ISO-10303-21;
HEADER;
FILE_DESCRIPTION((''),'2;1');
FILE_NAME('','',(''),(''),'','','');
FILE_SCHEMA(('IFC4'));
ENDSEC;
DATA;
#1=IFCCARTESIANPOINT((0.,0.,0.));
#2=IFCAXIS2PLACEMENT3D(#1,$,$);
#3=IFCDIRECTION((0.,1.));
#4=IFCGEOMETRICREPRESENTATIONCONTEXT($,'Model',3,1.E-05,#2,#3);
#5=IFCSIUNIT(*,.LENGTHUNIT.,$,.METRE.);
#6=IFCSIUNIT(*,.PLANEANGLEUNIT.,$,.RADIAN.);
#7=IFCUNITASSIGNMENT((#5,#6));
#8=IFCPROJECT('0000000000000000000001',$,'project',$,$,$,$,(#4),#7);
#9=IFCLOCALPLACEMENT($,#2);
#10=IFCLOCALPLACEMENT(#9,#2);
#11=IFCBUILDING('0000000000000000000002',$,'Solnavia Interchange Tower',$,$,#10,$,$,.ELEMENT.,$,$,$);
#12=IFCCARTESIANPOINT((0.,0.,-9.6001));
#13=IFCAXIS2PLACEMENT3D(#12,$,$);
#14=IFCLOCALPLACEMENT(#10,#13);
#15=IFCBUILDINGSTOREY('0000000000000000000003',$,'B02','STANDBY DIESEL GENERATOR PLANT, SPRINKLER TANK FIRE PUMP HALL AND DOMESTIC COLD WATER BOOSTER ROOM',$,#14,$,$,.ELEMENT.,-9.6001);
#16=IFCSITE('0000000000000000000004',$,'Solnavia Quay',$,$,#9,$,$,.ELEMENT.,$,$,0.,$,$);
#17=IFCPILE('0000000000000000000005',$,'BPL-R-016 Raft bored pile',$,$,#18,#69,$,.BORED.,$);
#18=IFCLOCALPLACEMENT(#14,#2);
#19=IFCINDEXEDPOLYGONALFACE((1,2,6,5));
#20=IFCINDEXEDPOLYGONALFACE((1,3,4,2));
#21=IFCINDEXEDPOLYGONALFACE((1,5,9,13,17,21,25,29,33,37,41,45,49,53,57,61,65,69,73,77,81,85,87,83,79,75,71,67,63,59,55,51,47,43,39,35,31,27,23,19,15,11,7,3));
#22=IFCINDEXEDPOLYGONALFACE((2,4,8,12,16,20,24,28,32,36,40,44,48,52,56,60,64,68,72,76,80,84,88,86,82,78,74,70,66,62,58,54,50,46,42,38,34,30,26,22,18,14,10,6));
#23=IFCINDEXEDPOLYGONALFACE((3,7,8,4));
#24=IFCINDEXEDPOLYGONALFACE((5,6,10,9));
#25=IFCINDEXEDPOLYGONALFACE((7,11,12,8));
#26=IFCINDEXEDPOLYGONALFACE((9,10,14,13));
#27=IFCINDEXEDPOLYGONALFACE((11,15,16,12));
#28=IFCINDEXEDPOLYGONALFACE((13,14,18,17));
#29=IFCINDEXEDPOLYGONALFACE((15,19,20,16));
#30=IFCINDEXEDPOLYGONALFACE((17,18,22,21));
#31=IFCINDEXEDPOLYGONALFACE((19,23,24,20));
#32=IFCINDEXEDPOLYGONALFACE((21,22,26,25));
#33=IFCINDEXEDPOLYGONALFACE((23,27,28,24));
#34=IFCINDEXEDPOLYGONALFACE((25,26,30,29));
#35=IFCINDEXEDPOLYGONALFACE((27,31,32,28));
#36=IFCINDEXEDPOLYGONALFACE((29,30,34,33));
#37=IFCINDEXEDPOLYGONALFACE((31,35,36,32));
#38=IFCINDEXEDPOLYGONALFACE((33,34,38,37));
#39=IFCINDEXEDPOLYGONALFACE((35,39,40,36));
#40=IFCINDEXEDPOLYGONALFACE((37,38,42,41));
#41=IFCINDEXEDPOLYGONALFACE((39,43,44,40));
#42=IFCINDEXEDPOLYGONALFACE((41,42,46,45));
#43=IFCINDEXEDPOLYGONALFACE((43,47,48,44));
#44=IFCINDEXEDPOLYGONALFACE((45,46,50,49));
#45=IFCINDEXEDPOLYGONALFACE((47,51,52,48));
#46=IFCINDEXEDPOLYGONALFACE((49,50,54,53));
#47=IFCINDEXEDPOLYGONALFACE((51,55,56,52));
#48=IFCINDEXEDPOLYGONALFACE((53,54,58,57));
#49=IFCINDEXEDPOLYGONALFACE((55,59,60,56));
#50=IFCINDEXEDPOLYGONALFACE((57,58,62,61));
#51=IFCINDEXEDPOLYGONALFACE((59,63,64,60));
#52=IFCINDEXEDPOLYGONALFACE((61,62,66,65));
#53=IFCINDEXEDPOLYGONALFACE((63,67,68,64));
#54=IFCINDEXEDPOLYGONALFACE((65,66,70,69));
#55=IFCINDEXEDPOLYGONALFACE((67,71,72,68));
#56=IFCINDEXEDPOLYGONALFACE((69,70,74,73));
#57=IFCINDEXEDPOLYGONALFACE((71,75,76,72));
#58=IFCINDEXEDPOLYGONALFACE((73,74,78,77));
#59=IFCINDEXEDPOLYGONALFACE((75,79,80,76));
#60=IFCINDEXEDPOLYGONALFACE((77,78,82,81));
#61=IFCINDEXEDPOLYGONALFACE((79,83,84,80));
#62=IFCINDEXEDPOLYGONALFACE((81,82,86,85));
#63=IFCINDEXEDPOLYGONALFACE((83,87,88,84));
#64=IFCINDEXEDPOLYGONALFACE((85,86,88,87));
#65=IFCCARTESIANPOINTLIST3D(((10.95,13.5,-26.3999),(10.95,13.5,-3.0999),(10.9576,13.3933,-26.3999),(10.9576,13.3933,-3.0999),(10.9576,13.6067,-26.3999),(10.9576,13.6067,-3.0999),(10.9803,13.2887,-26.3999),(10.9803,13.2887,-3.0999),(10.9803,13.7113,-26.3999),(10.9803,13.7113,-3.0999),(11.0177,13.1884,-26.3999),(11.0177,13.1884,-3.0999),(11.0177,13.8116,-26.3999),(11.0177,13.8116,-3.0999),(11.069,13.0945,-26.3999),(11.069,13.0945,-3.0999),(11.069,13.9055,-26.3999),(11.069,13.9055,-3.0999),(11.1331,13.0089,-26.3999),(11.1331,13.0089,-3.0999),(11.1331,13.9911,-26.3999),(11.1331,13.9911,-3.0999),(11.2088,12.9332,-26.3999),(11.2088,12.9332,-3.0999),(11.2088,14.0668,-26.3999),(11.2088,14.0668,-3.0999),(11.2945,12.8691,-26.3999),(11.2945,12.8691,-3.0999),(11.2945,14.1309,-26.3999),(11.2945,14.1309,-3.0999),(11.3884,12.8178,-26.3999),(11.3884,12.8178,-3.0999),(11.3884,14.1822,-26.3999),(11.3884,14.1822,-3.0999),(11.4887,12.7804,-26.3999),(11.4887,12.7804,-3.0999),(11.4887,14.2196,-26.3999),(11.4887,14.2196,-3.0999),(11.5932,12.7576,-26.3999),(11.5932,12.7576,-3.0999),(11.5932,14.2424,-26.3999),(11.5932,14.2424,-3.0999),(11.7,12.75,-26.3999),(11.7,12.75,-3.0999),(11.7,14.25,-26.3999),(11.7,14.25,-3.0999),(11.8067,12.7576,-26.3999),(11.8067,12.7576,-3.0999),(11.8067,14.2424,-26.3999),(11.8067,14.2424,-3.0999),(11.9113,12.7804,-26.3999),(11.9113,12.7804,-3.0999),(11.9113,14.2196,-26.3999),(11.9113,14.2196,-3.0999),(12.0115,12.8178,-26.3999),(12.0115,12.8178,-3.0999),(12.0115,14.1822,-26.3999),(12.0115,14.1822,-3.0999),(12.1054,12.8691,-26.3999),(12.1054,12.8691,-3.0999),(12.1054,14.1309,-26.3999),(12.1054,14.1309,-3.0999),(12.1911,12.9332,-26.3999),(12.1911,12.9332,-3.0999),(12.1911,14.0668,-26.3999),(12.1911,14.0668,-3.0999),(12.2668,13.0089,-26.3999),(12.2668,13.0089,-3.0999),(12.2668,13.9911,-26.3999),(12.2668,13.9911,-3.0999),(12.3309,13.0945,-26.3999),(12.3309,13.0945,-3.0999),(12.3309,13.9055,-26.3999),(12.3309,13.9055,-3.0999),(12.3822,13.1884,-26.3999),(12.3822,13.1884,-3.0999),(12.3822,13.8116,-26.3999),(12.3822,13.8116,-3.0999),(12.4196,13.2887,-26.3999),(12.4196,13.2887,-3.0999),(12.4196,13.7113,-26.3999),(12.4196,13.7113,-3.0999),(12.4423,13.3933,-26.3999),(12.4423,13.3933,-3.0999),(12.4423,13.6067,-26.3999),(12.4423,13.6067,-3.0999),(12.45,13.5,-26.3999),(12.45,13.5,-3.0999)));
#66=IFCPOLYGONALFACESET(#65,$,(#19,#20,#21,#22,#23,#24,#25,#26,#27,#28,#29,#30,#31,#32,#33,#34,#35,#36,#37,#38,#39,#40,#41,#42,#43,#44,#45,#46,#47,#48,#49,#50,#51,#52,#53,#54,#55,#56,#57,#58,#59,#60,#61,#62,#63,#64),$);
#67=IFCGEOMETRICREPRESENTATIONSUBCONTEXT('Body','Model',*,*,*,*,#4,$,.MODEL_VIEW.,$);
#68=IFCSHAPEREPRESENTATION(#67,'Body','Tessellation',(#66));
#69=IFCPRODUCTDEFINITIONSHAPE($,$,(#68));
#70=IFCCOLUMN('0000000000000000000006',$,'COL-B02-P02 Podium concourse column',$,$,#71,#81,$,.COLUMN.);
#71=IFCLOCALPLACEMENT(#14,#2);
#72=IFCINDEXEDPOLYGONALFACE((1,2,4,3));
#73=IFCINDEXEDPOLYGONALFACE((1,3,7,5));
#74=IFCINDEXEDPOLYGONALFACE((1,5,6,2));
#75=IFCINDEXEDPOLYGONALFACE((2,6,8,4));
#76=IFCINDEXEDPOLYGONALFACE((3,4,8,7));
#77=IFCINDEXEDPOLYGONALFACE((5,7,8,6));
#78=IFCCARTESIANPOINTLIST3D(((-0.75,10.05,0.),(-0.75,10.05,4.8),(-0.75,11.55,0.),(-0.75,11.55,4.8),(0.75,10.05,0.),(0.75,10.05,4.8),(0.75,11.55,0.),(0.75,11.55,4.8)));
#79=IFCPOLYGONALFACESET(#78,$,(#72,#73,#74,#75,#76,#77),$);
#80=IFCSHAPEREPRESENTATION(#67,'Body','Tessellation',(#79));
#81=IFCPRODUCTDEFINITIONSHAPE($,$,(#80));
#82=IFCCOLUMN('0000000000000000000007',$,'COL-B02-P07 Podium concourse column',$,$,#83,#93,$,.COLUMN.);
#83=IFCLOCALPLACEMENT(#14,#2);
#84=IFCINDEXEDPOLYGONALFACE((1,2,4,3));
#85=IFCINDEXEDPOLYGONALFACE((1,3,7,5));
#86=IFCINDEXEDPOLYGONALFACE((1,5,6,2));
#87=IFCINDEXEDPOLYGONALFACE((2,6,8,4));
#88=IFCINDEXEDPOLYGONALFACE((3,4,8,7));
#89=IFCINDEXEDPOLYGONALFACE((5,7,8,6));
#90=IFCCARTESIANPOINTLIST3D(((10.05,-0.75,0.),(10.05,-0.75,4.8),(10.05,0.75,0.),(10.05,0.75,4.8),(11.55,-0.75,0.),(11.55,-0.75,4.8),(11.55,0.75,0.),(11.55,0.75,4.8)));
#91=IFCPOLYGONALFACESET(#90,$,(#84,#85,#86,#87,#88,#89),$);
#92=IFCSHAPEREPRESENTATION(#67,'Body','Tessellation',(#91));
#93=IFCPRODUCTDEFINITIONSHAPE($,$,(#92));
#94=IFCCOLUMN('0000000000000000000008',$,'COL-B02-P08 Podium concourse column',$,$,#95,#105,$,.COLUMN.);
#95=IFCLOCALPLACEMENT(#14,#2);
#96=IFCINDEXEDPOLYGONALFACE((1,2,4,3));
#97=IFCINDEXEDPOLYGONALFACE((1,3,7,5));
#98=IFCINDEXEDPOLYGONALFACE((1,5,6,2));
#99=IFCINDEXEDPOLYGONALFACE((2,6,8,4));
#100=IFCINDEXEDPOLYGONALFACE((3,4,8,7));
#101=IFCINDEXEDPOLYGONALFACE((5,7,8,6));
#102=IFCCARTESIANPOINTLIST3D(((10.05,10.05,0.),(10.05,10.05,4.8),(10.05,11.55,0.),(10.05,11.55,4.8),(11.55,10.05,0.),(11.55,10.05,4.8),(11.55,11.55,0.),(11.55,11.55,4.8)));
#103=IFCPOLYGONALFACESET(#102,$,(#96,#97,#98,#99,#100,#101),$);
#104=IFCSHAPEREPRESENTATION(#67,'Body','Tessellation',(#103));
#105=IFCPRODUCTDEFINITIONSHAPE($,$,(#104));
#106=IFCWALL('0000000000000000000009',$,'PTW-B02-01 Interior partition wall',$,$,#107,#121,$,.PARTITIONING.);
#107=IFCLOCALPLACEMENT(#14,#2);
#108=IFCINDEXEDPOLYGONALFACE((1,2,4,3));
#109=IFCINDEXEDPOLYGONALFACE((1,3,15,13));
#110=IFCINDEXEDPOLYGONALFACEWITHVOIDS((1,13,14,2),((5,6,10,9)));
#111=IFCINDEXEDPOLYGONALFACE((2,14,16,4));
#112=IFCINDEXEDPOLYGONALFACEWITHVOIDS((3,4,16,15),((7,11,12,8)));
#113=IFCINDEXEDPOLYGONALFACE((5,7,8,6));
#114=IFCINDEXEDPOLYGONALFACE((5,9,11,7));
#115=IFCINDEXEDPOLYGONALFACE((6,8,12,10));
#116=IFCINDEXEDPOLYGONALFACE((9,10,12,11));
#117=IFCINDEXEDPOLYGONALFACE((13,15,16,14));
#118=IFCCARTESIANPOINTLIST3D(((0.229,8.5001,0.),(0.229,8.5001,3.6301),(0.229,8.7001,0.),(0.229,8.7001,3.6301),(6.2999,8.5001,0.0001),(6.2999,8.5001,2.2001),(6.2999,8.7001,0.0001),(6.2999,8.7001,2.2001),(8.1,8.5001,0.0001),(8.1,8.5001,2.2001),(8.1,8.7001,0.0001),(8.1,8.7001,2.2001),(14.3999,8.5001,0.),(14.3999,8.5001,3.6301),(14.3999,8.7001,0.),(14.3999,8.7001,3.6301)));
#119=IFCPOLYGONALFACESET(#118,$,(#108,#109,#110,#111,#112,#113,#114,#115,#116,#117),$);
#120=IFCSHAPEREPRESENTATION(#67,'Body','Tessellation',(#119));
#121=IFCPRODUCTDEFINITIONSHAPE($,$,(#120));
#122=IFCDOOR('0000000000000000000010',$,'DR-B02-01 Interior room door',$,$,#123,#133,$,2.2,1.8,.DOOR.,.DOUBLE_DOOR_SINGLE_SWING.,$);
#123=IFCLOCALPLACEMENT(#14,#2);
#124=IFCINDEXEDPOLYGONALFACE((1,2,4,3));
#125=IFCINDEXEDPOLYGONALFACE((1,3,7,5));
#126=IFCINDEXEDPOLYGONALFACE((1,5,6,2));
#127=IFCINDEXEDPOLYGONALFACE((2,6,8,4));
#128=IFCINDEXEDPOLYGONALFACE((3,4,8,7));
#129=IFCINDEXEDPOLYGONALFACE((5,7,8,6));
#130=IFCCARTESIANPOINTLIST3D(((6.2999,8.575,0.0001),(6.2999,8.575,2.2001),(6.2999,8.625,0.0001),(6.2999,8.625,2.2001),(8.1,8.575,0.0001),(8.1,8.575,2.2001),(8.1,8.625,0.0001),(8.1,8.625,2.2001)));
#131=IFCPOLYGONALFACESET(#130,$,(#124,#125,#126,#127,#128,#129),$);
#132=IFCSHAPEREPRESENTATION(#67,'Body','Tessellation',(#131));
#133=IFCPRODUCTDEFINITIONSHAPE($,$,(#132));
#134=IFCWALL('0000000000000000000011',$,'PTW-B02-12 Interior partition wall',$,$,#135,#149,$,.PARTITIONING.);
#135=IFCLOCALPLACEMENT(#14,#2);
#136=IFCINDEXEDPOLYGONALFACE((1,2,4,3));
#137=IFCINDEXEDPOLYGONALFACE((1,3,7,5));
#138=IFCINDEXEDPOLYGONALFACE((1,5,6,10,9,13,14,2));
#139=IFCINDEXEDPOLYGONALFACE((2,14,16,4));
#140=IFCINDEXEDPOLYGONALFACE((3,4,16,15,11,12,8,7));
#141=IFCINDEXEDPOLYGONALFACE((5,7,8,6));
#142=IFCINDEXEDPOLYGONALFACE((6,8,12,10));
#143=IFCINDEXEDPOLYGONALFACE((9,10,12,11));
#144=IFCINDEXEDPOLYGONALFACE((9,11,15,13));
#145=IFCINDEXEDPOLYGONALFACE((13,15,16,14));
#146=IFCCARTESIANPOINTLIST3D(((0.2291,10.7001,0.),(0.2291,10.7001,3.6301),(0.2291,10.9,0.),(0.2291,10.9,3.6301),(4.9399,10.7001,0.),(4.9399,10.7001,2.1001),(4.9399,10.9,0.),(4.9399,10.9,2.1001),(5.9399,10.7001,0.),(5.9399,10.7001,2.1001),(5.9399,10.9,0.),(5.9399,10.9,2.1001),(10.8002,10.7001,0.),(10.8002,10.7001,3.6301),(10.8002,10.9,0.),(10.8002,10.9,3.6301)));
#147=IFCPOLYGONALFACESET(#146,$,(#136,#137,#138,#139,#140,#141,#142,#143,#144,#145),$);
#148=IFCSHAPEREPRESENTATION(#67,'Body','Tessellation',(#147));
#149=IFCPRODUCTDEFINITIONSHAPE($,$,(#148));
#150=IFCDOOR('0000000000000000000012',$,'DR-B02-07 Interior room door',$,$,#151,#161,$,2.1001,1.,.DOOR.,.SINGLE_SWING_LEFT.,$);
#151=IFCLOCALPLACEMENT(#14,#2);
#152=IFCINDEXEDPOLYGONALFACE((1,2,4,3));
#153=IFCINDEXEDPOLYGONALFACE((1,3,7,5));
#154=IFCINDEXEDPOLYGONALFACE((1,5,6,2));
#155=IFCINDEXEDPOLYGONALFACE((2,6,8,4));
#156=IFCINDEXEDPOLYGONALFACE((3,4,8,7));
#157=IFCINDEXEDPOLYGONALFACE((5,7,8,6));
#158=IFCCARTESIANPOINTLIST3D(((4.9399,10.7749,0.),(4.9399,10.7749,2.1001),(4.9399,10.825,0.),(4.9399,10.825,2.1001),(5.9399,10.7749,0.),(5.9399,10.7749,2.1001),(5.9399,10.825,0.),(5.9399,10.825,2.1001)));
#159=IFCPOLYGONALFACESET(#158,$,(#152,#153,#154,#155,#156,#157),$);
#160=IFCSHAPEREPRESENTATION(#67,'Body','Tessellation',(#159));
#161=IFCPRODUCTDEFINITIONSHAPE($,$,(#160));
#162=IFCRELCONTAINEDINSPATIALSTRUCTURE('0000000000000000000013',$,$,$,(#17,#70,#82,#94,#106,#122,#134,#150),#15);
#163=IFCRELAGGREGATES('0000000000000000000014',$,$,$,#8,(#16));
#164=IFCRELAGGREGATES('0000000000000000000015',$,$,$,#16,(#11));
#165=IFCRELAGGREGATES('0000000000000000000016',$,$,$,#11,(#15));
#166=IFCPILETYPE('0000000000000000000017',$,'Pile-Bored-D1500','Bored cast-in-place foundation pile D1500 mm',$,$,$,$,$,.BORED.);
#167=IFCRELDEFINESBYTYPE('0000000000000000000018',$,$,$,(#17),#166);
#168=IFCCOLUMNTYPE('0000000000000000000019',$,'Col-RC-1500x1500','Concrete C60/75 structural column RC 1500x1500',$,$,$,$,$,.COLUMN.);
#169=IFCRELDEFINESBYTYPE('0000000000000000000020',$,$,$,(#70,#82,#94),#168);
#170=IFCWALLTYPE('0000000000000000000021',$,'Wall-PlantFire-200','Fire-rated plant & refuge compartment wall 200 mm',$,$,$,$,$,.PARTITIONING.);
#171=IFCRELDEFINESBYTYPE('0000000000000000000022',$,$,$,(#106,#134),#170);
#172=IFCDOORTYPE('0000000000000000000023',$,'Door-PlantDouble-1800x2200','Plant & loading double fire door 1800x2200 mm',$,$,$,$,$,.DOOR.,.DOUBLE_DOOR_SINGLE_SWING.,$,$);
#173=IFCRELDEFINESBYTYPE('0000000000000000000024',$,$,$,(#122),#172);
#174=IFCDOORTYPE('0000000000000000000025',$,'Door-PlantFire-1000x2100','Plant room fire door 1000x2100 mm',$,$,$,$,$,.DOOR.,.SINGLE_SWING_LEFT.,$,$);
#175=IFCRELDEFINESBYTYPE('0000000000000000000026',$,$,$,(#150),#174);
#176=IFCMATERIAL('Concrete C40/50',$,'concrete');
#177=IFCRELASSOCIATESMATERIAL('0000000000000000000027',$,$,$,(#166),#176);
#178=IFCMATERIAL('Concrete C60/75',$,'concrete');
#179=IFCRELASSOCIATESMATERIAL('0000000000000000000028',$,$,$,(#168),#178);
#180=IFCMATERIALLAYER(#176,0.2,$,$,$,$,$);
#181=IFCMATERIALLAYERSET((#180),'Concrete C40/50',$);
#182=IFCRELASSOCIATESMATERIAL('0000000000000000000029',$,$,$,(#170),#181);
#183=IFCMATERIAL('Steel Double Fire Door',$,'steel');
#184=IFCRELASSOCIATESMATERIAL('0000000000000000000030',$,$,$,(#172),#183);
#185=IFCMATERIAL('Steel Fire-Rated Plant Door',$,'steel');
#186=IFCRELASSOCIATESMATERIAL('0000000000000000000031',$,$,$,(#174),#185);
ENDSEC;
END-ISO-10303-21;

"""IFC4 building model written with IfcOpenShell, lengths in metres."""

from ifc_helpers import new_model, si_unit, direction, frame, frame_2d, origin, origin_2d, place, context, subcontext, project, spatial, rectangle, circle, extrude, material, layer, layer_set, material_profile, profile_set, type_object, element, fill, save


model = new_model("IFC4")

# Units and contexts
model_context = context("Model", 3, precision=1e-05, world=origin(), true_north=direction((0.0, 1.0)))
body_context = subcontext(model_context, "Body", "Model", "MODEL_VIEW")
ifc_project = project(units=[si_unit("LENGTHUNIT", "METRE"), si_unit("PLANEANGLEUNIT", "RADIAN")], contexts=[model_context])

# Site, building, storey
site_placement = place(None, origin())
site = spatial("IfcSite", under=ifc_project, at=site_placement, Name="Solnavia Quay", CompositionType="ELEMENT", RefElevation=0.0)
building_placement = place(site_placement, origin())
building = spatial("IfcBuilding", under=site, at=building_placement, Name="Solnavia Interchange Tower", CompositionType="ELEMENT")
storey_placement = place(building_placement, frame((0.0, 0.0, -9.6001)))
storey = spatial("IfcBuildingStorey", under=building, at=storey_placement, Name="B02", Description="STANDBY DIESEL GENERATOR PLANT, SPRINKLER TANK FIRE PUMP HALL AND DOMESTIC COLD WATER BOOSTER ROOM", CompositionType="ELEMENT", Elevation=-9.6001)

# Shared definitions
ifc_material_1 = material(Name="Concrete C40/50", Category="concrete")

# Pile
ifc_material_profile_1 = material_profile(ifc_material_1, circle(Radius=0.75, at=origin_2d()), Name="PILE D1500")
ifc_profile_set_1 = profile_set([ifc_material_profile_1], Name="Concrete C40/50")
pile_type_1 = type_object("IfcPileType", Name="Pile-Bored-D1500", Description="Bored cast-in-place foundation pile D1500 mm", PredefinedType="BORED", material=ifc_profile_set_1)
for number, where, z_axis, x_axis, name in (
    (1, (11.7, 13.5, -3.0999), (0.0, 0.0, -1.0), (1.0, 0.0, 0.0), "BPL-R-016 Raft bored pile"),
):
    element("IfcPile", number, at=place(storey_placement, frame(where, z_axis=z_axis, x_axis=x_axis)), inside=storey, type_object=pile_type_1, Name=name, PredefinedType="BORED", context=body_context, shape_type="SweptSolid", body=[
        extrude(circle(Radius=0.75, at=origin_2d()), origin(), (0.0, 0.0, 1.0), 23.3),
    ])

# Columns
ifc_material_2 = material(Name="Concrete C60/75", Category="concrete")
ifc_material_profile_2 = material_profile(ifc_material_2, rectangle(XDim=1.5, YDim=1.5, at=origin_2d()), Name="RC 1500x1500")
ifc_profile_set_2 = profile_set([ifc_material_profile_2], Name="Concrete C60/75")
column_type = type_object("IfcColumnType", Name="Col-RC-1500x1500", Description="Concrete C60/75 structural column RC 1500x1500", PredefinedType="COLUMN", material=ifc_profile_set_2)
for number, where, z_axis, x_axis, name in (
    (2, (0.0, 10.8, 0.0), (0.0, 0.0, 1.0), (1.0, 0.0, 0.0), "COL-B02-P02 Podium concourse column"),
    (3, (10.8, 0.0, 0.0), (0.0, 0.0, 1.0), (1.0, 0.0, 0.0), "COL-B02-P07 Podium concourse column"),
    (4, (10.8, 10.8, 0.0), (0.0, 0.0, 1.0), (1.0, 0.0, 0.0), "COL-B02-P08 Podium concourse column"),
):
    element("IfcColumn", number, at=place(storey_placement, frame(where, z_axis=z_axis, x_axis=x_axis)), inside=storey, type_object=column_type, Name=name, PredefinedType="COLUMN", context=body_context, shape_type="SweptSolid", body=[
        extrude(rectangle(XDim=1.5, YDim=1.5, at=origin_2d()), origin(), (0.0, 0.0, 1.0), 4.8),
    ])

# Walls, openings, doors
ifc_layer_1 = layer(ifc_material_1, 0.2)
ifc_layer_set_1 = layer_set([ifc_layer_1], Name="Concrete C40/50")
wall_type = type_object("IfcWallType", Name="Wall-PlantFire-200", Description="Fire-rated plant & refuge compartment wall 200 mm", PredefinedType="PARTITIONING", material=ifc_layer_set_1)
wall_1_placement = place(storey_placement, frame((0.229, 8.6001, 0.0), z_axis=(0.0, 0.0, 1.0), x_axis=(1.0, 0.0, 0.0)))
wall_1 = element("IfcWall", 5, at=wall_1_placement, inside=storey, type_object=wall_type, Name="PTW-B02-01 Interior partition wall", PredefinedType="PARTITIONING", context=body_context, shape_type="SweptSolid", body=[
    extrude(rectangle(XDim=14.1709, YDim=0.2, at=frame_2d((7.0854, 0.0))), origin(), (0.0, 0.0, 1.0), 3.6301),
])
opening_1_placement = place(wall_1_placement, frame((6.071, 0.0, 0.0)))
opening_1 = element("IfcOpeningElement", 6, at=opening_1_placement, cuts=wall_1, PredefinedType="OPENING", context=body_context, shape_type="SweptSolid", body=[
    extrude(rectangle(XDim=1.8, YDim=2.2, at=frame_2d((0.8999, 1.1001))), frame((0.0, 0.1099, 0.0), z_axis=(0.0, -1.0, 0.0), x_axis=(1.0, 0.0, 0.0)), (0.0, 0.0, 1.0), 0.22),
])
ifc_material_3 = material(Name="Steel Double Fire Door", Category="steel")
door_type_1 = type_object("IfcDoorType", Name="Door-PlantDouble-1800x2200", Description="Plant & loading double fire door 1800x2200 mm", OperationType="DOUBLE_DOOR_SINGLE_SWING", PredefinedType="DOOR", material=ifc_material_3)
door_1_placement = place(opening_1_placement, origin())
door_1 = element("IfcDoor", 7, at=door_1_placement, inside=storey, type_object=door_type_1, Name="DR-B02-01 Interior room door", OperationType="DOUBLE_DOOR_SINGLE_SWING", OverallHeight=2.2, OverallWidth=1.8, PredefinedType="DOOR", context=body_context, shape_type="SweptSolid", body=[
    extrude(rectangle(XDim=1.8, YDim=2.2, at=frame_2d((0.8999, 1.1001))), frame((0.0, 0.0249, 0.0), z_axis=(0.0, -1.0, 0.0), x_axis=(1.0, 0.0, 0.0)), (0.0, 0.0, 1.0), 0.05),
])
fill(opening_1, door_1)
wall_2_placement = place(storey_placement, frame((0.229, 10.8, 0.0), z_axis=(0.0, 0.0, 1.0), x_axis=(1.0, 0.0, 0.0)))
wall_2 = element("IfcWall", 8, at=wall_2_placement, inside=storey, type_object=wall_type, Name="PTW-B02-12 Interior partition wall", PredefinedType="PARTITIONING", context=body_context, shape_type="SweptSolid", body=[
    extrude(rectangle(XDim=10.571, YDim=0.2, at=frame_2d((5.2856, 0.0))), origin(), (0.0, 0.0, 1.0), 3.6301),
])
opening_2_placement = place(wall_2_placement, frame((4.7109, 0.0, 0.0)))
opening_2 = element("IfcOpeningElement", 9, at=opening_2_placement, cuts=wall_2, PredefinedType="OPENING", context=body_context, shape_type="SweptSolid", body=[
    extrude(rectangle(XDim=1.0, YDim=2.1001, at=frame_2d((0.5, 1.05))), frame((0.0, 0.1099, 0.0), z_axis=(0.0, -1.0, 0.0), x_axis=(1.0, 0.0, 0.0)), (0.0, 0.0, 1.0), 0.22),
])
ifc_material_4 = material(Name="Steel Fire-Rated Plant Door", Category="steel")
door_type_2 = type_object("IfcDoorType", Name="Door-PlantFire-1000x2100", Description="Plant room fire door 1000x2100 mm", OperationType="SINGLE_SWING_LEFT", PredefinedType="DOOR", material=ifc_material_4)
door_2_placement = place(opening_2_placement, origin())
door_2 = element("IfcDoor", 10, at=door_2_placement, inside=storey, type_object=door_type_2, Name="DR-B02-07 Interior room door", OperationType="SINGLE_SWING_LEFT", OverallHeight=2.1001, OverallWidth=1.0, PredefinedType="DOOR", context=body_context, shape_type="SweptSolid", body=[
    extrude(rectangle(XDim=1.0, YDim=2.1001, at=frame_2d((0.5, 1.05))), frame((0.0, 0.0249, 0.0), z_axis=(0.0, -1.0, 0.0), x_axis=(1.0, 0.0, 0.0)), (0.0, 0.0, 1.0), 0.05),
])
fill(opening_2, door_2)

save(model, "model.ifc")
